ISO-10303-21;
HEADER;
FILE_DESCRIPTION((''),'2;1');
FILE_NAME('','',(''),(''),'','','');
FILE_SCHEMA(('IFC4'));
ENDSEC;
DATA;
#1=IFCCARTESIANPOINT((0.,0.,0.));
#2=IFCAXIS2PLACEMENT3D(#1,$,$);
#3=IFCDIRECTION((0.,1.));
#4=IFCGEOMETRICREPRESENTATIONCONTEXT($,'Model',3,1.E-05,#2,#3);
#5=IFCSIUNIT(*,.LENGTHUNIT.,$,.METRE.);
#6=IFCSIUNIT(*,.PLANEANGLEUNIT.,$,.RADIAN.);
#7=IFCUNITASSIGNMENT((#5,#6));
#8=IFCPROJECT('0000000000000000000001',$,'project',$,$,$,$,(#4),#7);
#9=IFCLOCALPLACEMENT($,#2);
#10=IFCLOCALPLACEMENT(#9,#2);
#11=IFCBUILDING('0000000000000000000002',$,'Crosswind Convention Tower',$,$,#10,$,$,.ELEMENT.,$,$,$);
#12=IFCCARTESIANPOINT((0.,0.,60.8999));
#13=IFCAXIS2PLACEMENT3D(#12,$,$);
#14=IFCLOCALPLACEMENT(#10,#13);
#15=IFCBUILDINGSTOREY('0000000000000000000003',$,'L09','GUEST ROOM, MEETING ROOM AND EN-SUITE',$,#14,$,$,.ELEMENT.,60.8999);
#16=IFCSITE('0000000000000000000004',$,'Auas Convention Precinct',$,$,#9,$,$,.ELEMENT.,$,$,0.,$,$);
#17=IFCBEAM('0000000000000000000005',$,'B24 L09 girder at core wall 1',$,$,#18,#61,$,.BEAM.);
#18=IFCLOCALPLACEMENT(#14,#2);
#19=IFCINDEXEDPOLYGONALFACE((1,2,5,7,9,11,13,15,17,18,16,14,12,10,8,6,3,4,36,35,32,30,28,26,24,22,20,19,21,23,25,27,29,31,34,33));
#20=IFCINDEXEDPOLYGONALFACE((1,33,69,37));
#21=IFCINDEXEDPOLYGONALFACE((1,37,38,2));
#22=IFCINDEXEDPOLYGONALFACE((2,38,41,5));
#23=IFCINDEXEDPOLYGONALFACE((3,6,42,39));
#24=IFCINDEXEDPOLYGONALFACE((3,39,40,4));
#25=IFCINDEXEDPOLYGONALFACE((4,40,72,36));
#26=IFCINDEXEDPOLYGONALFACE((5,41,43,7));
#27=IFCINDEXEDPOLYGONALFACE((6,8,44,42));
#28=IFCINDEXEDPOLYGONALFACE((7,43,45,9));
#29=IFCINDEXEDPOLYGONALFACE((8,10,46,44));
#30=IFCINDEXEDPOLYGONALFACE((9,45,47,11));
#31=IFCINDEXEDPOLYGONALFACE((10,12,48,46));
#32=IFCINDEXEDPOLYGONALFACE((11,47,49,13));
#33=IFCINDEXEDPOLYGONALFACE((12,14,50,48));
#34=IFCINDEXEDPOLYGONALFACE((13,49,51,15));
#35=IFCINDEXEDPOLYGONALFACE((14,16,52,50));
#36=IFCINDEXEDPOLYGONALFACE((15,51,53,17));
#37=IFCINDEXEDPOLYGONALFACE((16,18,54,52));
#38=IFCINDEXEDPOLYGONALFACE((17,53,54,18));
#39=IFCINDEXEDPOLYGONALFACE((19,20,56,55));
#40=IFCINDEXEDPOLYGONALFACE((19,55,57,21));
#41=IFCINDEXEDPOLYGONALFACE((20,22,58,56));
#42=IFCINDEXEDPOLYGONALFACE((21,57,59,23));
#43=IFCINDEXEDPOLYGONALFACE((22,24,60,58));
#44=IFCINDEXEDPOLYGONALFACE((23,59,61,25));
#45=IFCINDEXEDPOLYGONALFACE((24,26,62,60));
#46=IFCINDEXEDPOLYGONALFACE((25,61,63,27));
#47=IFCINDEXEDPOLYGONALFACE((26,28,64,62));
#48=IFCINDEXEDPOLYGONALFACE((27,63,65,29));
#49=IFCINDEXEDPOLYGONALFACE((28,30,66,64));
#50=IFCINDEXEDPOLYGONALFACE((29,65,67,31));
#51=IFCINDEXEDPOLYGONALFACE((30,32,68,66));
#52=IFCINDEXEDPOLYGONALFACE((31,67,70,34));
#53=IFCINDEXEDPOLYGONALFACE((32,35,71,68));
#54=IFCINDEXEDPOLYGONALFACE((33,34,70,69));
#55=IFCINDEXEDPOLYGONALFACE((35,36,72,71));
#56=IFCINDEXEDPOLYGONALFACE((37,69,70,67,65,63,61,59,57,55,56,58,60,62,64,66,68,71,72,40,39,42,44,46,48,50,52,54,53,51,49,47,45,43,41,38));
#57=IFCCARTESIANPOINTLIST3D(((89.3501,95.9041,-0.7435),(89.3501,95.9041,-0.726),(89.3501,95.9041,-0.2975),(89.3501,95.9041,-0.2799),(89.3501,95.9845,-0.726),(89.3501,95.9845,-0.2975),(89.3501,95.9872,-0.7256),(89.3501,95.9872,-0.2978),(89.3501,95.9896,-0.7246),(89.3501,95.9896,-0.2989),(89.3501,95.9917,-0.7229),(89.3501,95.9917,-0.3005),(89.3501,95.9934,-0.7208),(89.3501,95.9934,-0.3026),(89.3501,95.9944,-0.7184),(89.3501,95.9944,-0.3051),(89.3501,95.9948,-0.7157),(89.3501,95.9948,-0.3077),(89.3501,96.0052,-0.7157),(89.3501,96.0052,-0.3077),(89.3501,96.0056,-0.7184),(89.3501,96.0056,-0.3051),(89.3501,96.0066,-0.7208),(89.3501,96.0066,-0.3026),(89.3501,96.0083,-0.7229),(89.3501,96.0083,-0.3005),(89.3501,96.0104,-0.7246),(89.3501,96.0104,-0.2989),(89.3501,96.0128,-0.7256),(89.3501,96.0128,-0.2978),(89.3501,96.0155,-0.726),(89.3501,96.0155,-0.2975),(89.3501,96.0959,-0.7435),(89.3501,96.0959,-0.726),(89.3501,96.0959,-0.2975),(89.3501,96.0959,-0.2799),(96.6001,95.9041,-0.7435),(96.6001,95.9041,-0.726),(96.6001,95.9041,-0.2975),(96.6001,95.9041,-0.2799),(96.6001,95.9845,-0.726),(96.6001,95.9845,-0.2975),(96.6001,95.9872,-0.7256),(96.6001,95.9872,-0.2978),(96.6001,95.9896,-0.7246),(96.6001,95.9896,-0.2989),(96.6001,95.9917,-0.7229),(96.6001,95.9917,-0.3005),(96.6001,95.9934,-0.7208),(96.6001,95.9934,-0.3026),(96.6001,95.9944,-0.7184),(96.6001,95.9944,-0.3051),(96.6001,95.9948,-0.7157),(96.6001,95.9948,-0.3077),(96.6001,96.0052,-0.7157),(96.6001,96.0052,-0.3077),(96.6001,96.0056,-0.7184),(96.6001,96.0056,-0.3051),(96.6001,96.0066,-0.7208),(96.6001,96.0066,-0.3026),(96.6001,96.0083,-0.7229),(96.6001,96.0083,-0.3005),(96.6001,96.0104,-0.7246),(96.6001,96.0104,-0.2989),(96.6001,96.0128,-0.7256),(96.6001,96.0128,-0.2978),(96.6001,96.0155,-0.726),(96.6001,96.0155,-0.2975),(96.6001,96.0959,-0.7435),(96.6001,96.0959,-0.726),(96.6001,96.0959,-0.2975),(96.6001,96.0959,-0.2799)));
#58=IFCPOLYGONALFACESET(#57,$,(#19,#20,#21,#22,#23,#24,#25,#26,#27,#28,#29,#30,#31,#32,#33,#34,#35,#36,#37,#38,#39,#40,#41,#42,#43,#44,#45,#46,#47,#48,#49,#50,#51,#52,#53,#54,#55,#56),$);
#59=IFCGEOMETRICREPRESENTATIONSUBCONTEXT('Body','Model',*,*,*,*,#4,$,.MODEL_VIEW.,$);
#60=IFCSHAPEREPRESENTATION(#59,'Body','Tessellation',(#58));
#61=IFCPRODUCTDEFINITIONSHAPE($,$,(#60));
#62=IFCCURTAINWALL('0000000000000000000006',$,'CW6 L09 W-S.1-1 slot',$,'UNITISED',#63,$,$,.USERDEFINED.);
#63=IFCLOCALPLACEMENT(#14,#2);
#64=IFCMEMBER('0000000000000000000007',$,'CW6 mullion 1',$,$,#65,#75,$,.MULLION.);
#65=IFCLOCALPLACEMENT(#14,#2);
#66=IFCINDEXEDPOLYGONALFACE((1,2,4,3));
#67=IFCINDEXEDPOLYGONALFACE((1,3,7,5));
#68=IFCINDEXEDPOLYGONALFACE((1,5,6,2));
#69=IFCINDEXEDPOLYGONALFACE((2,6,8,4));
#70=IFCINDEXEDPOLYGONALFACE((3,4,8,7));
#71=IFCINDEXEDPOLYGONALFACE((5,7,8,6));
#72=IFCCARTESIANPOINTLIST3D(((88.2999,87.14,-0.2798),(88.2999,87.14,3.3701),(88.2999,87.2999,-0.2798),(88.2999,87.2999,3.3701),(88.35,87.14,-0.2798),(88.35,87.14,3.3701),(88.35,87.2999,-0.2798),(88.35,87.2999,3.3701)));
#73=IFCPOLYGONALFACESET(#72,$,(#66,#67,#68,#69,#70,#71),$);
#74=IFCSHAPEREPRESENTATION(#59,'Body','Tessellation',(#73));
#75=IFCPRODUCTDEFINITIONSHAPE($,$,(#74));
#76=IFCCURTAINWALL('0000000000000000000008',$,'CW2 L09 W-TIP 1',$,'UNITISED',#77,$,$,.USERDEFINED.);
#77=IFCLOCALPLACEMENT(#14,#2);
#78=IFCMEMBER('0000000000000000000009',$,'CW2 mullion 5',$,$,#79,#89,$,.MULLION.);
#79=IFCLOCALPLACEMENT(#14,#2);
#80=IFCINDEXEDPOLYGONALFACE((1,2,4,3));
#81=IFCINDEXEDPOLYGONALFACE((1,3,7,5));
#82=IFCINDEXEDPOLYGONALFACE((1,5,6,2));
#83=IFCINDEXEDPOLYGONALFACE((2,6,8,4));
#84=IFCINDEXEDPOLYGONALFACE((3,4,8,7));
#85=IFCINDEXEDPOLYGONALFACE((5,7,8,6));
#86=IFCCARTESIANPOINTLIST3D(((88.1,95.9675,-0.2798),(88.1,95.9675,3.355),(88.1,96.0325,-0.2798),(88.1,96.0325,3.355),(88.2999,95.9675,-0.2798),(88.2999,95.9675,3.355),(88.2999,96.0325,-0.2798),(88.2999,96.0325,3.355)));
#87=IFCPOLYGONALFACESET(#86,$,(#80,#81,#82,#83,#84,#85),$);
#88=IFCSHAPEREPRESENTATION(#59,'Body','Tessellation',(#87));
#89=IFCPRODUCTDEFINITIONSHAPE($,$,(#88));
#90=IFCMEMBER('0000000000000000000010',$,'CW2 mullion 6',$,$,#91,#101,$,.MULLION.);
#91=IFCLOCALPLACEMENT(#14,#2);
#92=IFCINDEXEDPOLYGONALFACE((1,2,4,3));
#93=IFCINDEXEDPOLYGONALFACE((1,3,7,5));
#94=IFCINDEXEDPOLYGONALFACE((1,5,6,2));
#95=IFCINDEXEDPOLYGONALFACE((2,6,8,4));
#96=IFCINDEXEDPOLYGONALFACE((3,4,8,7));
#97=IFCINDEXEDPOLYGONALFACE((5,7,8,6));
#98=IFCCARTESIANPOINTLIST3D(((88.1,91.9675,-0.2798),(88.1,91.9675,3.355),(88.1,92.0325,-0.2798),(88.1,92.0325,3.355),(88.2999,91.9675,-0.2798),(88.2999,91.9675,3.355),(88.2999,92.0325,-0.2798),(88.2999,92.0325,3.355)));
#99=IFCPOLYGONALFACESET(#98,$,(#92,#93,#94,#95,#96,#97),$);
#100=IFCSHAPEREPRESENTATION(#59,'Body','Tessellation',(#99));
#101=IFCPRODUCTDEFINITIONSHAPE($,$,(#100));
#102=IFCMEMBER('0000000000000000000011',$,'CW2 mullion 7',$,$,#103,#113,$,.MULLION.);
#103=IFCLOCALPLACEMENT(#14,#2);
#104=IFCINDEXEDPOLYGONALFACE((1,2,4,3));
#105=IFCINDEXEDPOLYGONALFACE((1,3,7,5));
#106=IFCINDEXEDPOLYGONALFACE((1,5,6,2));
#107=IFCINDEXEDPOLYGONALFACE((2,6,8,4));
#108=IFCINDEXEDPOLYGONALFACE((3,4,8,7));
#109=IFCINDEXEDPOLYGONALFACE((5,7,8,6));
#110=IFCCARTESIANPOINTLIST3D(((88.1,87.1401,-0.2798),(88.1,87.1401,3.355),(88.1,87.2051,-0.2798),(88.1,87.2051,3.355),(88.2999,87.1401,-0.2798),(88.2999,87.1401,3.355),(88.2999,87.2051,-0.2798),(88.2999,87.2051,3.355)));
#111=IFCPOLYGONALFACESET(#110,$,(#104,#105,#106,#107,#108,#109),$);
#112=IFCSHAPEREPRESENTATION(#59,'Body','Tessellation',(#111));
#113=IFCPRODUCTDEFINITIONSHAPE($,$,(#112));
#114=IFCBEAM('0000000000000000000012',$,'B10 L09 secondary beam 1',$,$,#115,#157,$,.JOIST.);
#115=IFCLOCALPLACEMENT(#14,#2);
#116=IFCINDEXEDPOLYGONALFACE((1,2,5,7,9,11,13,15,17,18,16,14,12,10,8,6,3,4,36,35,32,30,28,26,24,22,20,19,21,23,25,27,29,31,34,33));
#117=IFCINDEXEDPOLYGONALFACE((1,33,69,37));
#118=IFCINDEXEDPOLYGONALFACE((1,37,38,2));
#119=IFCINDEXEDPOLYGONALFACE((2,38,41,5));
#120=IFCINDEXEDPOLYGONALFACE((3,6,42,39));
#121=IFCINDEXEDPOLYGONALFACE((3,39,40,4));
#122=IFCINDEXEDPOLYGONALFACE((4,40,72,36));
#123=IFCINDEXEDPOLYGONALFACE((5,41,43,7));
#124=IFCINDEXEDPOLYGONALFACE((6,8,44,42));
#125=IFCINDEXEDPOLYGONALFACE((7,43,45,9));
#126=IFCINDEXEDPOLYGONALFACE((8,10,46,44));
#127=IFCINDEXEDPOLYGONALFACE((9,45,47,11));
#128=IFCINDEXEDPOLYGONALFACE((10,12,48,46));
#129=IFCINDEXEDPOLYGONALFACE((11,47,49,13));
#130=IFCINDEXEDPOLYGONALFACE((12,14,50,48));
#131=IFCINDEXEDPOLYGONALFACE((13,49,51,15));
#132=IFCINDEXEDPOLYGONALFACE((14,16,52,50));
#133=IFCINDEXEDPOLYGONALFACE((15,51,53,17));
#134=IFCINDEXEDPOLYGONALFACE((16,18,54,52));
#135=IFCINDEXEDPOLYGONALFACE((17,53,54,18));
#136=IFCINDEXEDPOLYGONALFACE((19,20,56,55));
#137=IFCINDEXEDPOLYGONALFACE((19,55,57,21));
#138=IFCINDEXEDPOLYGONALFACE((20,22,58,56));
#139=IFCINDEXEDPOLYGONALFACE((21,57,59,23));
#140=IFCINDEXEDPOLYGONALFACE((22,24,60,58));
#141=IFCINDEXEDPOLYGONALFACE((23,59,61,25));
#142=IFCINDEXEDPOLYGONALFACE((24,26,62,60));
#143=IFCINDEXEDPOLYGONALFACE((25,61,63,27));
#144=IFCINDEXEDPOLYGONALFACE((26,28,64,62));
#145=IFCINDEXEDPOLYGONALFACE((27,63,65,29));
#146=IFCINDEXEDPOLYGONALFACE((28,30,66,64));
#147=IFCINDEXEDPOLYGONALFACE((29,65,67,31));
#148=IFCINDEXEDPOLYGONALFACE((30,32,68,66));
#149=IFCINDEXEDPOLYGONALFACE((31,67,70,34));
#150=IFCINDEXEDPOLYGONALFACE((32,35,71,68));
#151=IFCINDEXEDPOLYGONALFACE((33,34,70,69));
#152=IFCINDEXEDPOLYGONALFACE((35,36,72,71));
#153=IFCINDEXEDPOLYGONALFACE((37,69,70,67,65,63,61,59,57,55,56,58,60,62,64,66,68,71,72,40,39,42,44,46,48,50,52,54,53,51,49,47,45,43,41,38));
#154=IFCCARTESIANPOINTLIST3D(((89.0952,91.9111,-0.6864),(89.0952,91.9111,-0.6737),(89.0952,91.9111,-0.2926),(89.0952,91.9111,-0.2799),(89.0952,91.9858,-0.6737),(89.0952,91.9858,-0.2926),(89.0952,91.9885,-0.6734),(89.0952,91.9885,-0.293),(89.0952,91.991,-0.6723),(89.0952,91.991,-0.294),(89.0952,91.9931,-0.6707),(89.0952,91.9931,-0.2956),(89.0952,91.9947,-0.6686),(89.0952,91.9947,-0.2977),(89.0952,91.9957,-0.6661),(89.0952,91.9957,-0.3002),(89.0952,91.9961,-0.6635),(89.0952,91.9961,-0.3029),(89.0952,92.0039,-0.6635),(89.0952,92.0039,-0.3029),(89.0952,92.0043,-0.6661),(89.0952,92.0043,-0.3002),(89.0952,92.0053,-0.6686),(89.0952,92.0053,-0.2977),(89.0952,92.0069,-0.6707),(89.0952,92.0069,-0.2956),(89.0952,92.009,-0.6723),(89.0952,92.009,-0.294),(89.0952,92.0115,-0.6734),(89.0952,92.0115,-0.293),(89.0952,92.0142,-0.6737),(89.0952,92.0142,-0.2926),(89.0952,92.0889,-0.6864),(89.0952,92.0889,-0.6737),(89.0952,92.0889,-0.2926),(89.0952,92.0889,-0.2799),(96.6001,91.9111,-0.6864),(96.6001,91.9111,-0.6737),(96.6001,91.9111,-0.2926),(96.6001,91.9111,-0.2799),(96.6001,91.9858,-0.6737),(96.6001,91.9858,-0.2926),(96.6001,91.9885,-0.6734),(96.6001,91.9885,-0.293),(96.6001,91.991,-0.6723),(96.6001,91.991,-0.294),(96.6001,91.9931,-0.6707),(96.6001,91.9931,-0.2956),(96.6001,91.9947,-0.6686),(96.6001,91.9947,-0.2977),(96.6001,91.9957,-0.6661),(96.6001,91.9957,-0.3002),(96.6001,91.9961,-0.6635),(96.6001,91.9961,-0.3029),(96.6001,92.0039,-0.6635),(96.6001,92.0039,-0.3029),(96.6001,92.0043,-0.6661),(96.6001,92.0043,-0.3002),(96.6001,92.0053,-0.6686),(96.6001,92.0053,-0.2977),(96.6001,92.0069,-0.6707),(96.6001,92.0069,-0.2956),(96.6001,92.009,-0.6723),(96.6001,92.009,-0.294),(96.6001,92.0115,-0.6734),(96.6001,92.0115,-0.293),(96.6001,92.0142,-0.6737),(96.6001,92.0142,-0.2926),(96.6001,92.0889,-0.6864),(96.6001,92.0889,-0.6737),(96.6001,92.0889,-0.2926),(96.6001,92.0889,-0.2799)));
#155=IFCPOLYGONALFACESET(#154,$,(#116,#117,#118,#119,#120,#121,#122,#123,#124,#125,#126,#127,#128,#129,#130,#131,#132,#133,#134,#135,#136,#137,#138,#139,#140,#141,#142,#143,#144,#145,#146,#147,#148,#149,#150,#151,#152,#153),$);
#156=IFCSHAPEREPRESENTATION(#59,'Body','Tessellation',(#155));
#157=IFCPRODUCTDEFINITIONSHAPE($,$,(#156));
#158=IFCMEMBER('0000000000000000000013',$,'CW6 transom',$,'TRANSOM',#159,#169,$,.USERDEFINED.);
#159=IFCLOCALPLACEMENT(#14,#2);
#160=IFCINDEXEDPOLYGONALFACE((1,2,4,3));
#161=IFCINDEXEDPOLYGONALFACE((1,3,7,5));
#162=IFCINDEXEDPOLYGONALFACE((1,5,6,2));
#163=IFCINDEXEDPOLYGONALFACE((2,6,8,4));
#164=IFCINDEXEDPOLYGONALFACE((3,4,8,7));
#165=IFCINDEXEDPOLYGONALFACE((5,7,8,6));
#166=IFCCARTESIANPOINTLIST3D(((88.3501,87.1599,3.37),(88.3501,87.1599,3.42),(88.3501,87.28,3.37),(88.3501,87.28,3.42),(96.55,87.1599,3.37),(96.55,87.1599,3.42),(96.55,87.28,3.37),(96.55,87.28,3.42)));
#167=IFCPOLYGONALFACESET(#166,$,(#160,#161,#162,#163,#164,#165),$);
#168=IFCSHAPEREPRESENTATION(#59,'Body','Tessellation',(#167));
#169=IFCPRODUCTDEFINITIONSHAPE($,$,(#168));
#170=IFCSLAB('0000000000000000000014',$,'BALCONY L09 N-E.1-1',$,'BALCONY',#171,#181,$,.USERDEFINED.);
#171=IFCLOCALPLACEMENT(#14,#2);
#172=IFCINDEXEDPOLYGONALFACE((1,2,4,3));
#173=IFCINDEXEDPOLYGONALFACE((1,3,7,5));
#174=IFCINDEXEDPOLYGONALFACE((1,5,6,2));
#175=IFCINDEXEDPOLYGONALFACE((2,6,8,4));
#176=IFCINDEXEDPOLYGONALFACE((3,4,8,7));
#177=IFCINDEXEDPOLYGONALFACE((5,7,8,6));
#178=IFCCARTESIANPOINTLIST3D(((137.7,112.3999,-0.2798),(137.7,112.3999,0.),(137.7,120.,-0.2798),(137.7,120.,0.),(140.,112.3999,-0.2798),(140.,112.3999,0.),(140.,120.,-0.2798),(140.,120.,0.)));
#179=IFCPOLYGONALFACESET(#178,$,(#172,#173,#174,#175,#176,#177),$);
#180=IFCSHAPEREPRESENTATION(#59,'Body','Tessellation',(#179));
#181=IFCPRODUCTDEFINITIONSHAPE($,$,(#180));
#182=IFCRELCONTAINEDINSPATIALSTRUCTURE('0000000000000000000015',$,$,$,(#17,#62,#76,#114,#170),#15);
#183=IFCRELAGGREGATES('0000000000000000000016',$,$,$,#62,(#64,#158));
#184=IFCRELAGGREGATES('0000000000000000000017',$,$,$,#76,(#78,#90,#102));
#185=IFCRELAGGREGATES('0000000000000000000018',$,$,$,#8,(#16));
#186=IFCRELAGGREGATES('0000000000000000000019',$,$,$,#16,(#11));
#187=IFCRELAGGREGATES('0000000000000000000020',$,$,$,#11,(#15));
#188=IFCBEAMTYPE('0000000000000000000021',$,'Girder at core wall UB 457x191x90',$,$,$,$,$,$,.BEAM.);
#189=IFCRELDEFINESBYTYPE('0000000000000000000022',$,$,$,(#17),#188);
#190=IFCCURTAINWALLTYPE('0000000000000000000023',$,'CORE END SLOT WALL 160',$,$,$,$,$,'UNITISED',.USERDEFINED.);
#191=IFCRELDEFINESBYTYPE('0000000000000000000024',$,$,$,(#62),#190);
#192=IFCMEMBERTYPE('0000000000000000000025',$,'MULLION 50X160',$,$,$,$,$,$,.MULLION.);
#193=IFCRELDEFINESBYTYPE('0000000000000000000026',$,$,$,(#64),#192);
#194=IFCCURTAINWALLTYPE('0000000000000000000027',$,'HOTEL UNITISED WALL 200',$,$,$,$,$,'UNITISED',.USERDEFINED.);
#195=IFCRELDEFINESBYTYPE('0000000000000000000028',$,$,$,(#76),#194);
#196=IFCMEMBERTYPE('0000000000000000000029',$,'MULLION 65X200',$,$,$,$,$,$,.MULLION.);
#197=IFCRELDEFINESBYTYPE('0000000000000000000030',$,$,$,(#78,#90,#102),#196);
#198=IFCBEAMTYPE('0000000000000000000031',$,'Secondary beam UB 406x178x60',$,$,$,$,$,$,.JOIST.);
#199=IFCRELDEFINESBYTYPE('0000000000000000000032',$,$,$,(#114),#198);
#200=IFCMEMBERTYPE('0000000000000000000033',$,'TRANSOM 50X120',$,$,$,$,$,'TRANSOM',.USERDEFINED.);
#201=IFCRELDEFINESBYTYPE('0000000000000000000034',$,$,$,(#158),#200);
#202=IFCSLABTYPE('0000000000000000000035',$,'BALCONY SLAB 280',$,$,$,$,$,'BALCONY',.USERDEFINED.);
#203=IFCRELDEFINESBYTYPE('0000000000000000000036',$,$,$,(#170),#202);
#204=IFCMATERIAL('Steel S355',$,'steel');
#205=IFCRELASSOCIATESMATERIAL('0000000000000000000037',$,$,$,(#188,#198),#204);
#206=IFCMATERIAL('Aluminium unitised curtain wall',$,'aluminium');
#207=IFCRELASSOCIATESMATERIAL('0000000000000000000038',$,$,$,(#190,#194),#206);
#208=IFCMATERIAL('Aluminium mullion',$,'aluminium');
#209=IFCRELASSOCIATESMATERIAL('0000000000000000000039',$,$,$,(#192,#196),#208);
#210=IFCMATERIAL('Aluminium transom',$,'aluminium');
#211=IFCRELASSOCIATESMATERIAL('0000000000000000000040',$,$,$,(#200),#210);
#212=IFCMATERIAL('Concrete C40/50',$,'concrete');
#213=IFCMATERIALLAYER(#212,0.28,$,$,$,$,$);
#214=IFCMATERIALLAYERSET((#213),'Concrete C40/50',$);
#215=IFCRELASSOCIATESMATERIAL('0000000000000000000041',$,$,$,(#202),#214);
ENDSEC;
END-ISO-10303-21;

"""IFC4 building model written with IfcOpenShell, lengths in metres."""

from ifc_helpers import new_model, si_unit, direction, frame, origin, origin_2d, place, context, subcontext, project, spatial, polyline, rectangle, i_section, outline, extrude, material, layer, layer_set, material_profile, profile_set, type_object, element, aggregate, save


model = new_model("IFC4")

# Units and contexts
model_context = context("Model", 3, precision=1e-05, world=origin(), true_north=direction((0.0, 1.0)))
body_context = subcontext(model_context, "Body", "Model", "MODEL_VIEW")
ifc_project = project(units=[si_unit("LENGTHUNIT", "METRE"), si_unit("PLANEANGLEUNIT", "RADIAN")], contexts=[model_context])

# Site, building, storey
site_placement = place(None, origin())
site = spatial("IfcSite", under=ifc_project, at=site_placement, Name="Auas Convention Precinct", CompositionType="ELEMENT", RefElevation=0.0)
building_placement = place(site_placement, origin())
building = spatial("IfcBuilding", under=site, at=building_placement, Name="Crosswind Convention Tower", CompositionType="ELEMENT")
storey_placement = place(building_placement, frame((0.0, 0.0, 60.8999)))
storey = spatial("IfcBuildingStorey", under=building, at=storey_placement, Name="L09", Description="GUEST ROOM, MEETING ROOM AND EN-SUITE", CompositionType="ELEMENT", Elevation=60.8999)

# Beam
ifc_material_1 = material(Name="Steel S355", Category="steel")
ifc_material_profile_1 = material_profile(ifc_material_1, i_section(OverallWidth=0.1919, OverallDepth=0.4636, WebThickness=0.0105, FlangeThickness=0.0176, FilletRadius=0.0103, at=origin_2d()), Name="UB 457x191x90")
ifc_profile_set_1 = profile_set([ifc_material_profile_1], Name="Steel S355")
beam_type_1 = type_object("IfcBeamType", Name="Girder at core wall UB 457x191x90", PredefinedType="BEAM", material=ifc_profile_set_1)
beam_1_placement = place(storey_placement, frame((89.3501, 96.0, -0.5117), z_axis=(1.0, 0.0, 0.0), x_axis=(0.0, 1.0, 0.0)))
element("IfcBeam", 1, at=beam_1_placement, inside=storey, type_object=beam_type_1, Name="B24 L09 girder at core wall 1", PredefinedType="BEAM", context=body_context, shape_type="SweptSolid", body=[
    extrude(i_section(OverallWidth=0.1919, OverallDepth=0.4636, WebThickness=0.0105, FlangeThickness=0.0176, FilletRadius=0.0103, at=origin_2d()), origin(), (0.0, 0.0, 1.0), 7.25),
])

# Curtain wall, member
ifc_material_2 = material(Name="Aluminium unitised curtain wall", Category="aluminium")
curtain_wall_type_1 = type_object("IfcCurtainWallType", Name="CORE END SLOT WALL 160", ElementType="UNITISED", PredefinedType="USERDEFINED", material=ifc_material_2)
curtain_wall_1_placement = place(storey_placement, origin())
curtain_wall_1 = element("IfcCurtainWall", 2, at=curtain_wall_1_placement, inside=storey, type_object=curtain_wall_type_1, Name="CW6 L09 W-S.1-1 slot", ObjectType="UNITISED", PredefinedType="USERDEFINED")
ifc_material_3 = material(Name="Aluminium mullion", Category="aluminium")
ifc_material_profile_2 = material_profile(ifc_material_3, rectangle(XDim=0.1599, YDim=0.05, at=origin_2d()), Name="AL 160X50")
ifc_profile_set_2 = profile_set([ifc_material_profile_2], Name="Aluminium mullion")
member_type_1 = type_object("IfcMemberType", Name="MULLION 50X160", PredefinedType="MULLION", material=ifc_profile_set_2)
member_1_placement = place(storey_placement, frame((88.325, 87.22, -0.2798), z_axis=(0.0, 0.0, 1.0), x_axis=(0.0, -1.0, 0.0)))
member_1 = element("IfcMember", 3, at=member_1_placement, type_object=member_type_1, Name="CW6 mullion 1", PredefinedType="MULLION", context=body_context, shape_type="SweptSolid", body=[
    extrude(rectangle(XDim=0.1599, YDim=0.05, at=origin_2d()), origin(), (0.0, 0.0, 1.0), 3.6499),
])

# Curtain wall, members
curtain_wall_type_2 = type_object("IfcCurtainWallType", Name="HOTEL UNITISED WALL 200", ElementType="UNITISED", PredefinedType="USERDEFINED", material=ifc_material_2)
curtain_wall_2_placement = place(storey_placement, origin())
curtain_wall_2 = element("IfcCurtainWall", 4, at=curtain_wall_2_placement, inside=storey, type_object=curtain_wall_type_2, Name="CW2 L09 W-TIP 1", ObjectType="UNITISED", PredefinedType="USERDEFINED")
ifc_material_profile_3 = material_profile(ifc_material_3, rectangle(XDim=0.2, YDim=0.0649, at=origin_2d()), Name="AL 200X65")
ifc_profile_set_3 = profile_set([ifc_material_profile_3], Name="Aluminium mullion")
member_type_2 = type_object("IfcMemberType", Name="MULLION 65X200", PredefinedType="MULLION", material=ifc_profile_set_3)
member_2_placement = place(storey_placement, frame((88.2, 96.0, -0.2798), z_axis=(0.0, 0.0, 1.0), x_axis=(-1.0, 0.0, 0.0)))
member_2 = element("IfcMember", 5, at=member_2_placement, type_object=member_type_2, Name="CW2 mullion 5", PredefinedType="MULLION", context=body_context, shape_type="SweptSolid", body=[
    extrude(rectangle(XDim=0.2, YDim=0.0649, at=origin_2d()), origin(), (0.0, 0.0, 1.0), 3.6348),
])
member_3_placement = place(storey_placement, frame((88.2, 92.0, -0.2798), z_axis=(0.0, 0.0, 1.0), x_axis=(-1.0, 0.0, 0.0)))
member_3 = element("IfcMember", 6, at=member_3_placement, type_object=member_type_2, Name="CW2 mullion 6", PredefinedType="MULLION", context=body_context, shape_type="SweptSolid", body=[
    extrude(rectangle(XDim=0.2, YDim=0.0649, at=origin_2d()), origin(), (0.0, 0.0, 1.0), 3.6348),
])
member_4_placement = place(storey_placement, frame((88.2, 87.1726, -0.2798), z_axis=(0.0, 0.0, 1.0), x_axis=(-1.0, 0.0, 0.0)))
member_4 = element("IfcMember", 7, at=member_4_placement, type_object=member_type_2, Name="CW2 mullion 7", PredefinedType="MULLION", context=body_context, shape_type="SweptSolid", body=[
    extrude(rectangle(XDim=0.2, YDim=0.0649, at=origin_2d()), origin(), (0.0, 0.0, 1.0), 3.6348),
])

# Beam
ifc_material_profile_4 = material_profile(ifc_material_1, i_section(OverallWidth=0.1777, OverallDepth=0.4065, WebThickness=0.0078, FlangeThickness=0.0127, FilletRadius=0.0103, at=origin_2d()), Name="UB 406x178x60")
ifc_profile_set_4 = profile_set([ifc_material_profile_4], Name="Steel S355")
beam_type_2 = type_object("IfcBeamType", Name="Secondary beam UB 406x178x60", PredefinedType="JOIST", material=ifc_profile_set_4)
beam_2_placement = place(storey_placement, frame((89.0952, 92.0, -0.4832), z_axis=(1.0, 0.0, 0.0), x_axis=(0.0, 1.0, 0.0)))
element("IfcBeam", 8, at=beam_2_placement, inside=storey, type_object=beam_type_2, Name="B10 L09 secondary beam 1", PredefinedType="JOIST", context=body_context, shape_type="SweptSolid", body=[
    extrude(i_section(OverallWidth=0.1777, OverallDepth=0.4065, WebThickness=0.0078, FlangeThickness=0.0127, FilletRadius=0.0103, at=origin_2d()), origin(), (0.0, 0.0, 1.0), 7.5049),
])

# Member
ifc_material_4 = material(Name="Aluminium transom", Category="aluminium")
ifc_material_profile_5 = material_profile(ifc_material_4, rectangle(XDim=0.1201, YDim=0.05, at=origin_2d()), Name="AL 120X50")
ifc_profile_set_5 = profile_set([ifc_material_profile_5], Name="Aluminium transom")
member_type_3 = type_object("IfcMemberType", Name="TRANSOM 50X120", ElementType="TRANSOM", PredefinedType="USERDEFINED", material=ifc_profile_set_5)
member_5_placement = place(storey_placement, frame((88.3501, 87.22, 3.395), z_axis=(1.0, 0.0, 0.0), x_axis=(0.0, 1.0, 0.0)))
member_5 = element("IfcMember", 9, at=member_5_placement, type_object=member_type_3, Name="CW6 transom", ObjectType="TRANSOM", PredefinedType="USERDEFINED", context=body_context, shape_type="SweptSolid", body=[
    extrude(rectangle(XDim=0.1201, YDim=0.05, at=origin_2d()), origin(), (0.0, 0.0, 1.0), 8.2),
])

# Slab
ifc_material_5 = material(Name="Concrete C40/50", Category="concrete")
ifc_layer_1 = layer(ifc_material_5, 0.28)
ifc_layer_set_1 = layer_set([ifc_layer_1], Name="Concrete C40/50")
slab_type_1 = type_object("IfcSlabType", Name="BALCONY SLAB 280", ElementType="BALCONY", PredefinedType="USERDEFINED", material=ifc_layer_set_1)
slab_1_placement = place(storey_placement, frame((0.0, 0.0, -0.2798)))
element("IfcSlab", 10, at=slab_1_placement, inside=storey, type_object=slab_type_1, Name="BALCONY L09 N-E.1-1", ObjectType="BALCONY", PredefinedType="USERDEFINED", context=body_context, shape_type="SweptSolid", body=[
    extrude(outline(polyline([(137.7, 112.3999), (137.7, 120.0), (140.0, 120.0), (140.0, 112.3999), (137.7, 112.3999)])), origin(), (0.0, 0.0, 1.0), 0.2798),
])

aggregate(curtain_wall_1, [member_1, member_5])
aggregate(curtain_wall_2, [member_2, member_3, member_4])

save(model, "model.ifc")
